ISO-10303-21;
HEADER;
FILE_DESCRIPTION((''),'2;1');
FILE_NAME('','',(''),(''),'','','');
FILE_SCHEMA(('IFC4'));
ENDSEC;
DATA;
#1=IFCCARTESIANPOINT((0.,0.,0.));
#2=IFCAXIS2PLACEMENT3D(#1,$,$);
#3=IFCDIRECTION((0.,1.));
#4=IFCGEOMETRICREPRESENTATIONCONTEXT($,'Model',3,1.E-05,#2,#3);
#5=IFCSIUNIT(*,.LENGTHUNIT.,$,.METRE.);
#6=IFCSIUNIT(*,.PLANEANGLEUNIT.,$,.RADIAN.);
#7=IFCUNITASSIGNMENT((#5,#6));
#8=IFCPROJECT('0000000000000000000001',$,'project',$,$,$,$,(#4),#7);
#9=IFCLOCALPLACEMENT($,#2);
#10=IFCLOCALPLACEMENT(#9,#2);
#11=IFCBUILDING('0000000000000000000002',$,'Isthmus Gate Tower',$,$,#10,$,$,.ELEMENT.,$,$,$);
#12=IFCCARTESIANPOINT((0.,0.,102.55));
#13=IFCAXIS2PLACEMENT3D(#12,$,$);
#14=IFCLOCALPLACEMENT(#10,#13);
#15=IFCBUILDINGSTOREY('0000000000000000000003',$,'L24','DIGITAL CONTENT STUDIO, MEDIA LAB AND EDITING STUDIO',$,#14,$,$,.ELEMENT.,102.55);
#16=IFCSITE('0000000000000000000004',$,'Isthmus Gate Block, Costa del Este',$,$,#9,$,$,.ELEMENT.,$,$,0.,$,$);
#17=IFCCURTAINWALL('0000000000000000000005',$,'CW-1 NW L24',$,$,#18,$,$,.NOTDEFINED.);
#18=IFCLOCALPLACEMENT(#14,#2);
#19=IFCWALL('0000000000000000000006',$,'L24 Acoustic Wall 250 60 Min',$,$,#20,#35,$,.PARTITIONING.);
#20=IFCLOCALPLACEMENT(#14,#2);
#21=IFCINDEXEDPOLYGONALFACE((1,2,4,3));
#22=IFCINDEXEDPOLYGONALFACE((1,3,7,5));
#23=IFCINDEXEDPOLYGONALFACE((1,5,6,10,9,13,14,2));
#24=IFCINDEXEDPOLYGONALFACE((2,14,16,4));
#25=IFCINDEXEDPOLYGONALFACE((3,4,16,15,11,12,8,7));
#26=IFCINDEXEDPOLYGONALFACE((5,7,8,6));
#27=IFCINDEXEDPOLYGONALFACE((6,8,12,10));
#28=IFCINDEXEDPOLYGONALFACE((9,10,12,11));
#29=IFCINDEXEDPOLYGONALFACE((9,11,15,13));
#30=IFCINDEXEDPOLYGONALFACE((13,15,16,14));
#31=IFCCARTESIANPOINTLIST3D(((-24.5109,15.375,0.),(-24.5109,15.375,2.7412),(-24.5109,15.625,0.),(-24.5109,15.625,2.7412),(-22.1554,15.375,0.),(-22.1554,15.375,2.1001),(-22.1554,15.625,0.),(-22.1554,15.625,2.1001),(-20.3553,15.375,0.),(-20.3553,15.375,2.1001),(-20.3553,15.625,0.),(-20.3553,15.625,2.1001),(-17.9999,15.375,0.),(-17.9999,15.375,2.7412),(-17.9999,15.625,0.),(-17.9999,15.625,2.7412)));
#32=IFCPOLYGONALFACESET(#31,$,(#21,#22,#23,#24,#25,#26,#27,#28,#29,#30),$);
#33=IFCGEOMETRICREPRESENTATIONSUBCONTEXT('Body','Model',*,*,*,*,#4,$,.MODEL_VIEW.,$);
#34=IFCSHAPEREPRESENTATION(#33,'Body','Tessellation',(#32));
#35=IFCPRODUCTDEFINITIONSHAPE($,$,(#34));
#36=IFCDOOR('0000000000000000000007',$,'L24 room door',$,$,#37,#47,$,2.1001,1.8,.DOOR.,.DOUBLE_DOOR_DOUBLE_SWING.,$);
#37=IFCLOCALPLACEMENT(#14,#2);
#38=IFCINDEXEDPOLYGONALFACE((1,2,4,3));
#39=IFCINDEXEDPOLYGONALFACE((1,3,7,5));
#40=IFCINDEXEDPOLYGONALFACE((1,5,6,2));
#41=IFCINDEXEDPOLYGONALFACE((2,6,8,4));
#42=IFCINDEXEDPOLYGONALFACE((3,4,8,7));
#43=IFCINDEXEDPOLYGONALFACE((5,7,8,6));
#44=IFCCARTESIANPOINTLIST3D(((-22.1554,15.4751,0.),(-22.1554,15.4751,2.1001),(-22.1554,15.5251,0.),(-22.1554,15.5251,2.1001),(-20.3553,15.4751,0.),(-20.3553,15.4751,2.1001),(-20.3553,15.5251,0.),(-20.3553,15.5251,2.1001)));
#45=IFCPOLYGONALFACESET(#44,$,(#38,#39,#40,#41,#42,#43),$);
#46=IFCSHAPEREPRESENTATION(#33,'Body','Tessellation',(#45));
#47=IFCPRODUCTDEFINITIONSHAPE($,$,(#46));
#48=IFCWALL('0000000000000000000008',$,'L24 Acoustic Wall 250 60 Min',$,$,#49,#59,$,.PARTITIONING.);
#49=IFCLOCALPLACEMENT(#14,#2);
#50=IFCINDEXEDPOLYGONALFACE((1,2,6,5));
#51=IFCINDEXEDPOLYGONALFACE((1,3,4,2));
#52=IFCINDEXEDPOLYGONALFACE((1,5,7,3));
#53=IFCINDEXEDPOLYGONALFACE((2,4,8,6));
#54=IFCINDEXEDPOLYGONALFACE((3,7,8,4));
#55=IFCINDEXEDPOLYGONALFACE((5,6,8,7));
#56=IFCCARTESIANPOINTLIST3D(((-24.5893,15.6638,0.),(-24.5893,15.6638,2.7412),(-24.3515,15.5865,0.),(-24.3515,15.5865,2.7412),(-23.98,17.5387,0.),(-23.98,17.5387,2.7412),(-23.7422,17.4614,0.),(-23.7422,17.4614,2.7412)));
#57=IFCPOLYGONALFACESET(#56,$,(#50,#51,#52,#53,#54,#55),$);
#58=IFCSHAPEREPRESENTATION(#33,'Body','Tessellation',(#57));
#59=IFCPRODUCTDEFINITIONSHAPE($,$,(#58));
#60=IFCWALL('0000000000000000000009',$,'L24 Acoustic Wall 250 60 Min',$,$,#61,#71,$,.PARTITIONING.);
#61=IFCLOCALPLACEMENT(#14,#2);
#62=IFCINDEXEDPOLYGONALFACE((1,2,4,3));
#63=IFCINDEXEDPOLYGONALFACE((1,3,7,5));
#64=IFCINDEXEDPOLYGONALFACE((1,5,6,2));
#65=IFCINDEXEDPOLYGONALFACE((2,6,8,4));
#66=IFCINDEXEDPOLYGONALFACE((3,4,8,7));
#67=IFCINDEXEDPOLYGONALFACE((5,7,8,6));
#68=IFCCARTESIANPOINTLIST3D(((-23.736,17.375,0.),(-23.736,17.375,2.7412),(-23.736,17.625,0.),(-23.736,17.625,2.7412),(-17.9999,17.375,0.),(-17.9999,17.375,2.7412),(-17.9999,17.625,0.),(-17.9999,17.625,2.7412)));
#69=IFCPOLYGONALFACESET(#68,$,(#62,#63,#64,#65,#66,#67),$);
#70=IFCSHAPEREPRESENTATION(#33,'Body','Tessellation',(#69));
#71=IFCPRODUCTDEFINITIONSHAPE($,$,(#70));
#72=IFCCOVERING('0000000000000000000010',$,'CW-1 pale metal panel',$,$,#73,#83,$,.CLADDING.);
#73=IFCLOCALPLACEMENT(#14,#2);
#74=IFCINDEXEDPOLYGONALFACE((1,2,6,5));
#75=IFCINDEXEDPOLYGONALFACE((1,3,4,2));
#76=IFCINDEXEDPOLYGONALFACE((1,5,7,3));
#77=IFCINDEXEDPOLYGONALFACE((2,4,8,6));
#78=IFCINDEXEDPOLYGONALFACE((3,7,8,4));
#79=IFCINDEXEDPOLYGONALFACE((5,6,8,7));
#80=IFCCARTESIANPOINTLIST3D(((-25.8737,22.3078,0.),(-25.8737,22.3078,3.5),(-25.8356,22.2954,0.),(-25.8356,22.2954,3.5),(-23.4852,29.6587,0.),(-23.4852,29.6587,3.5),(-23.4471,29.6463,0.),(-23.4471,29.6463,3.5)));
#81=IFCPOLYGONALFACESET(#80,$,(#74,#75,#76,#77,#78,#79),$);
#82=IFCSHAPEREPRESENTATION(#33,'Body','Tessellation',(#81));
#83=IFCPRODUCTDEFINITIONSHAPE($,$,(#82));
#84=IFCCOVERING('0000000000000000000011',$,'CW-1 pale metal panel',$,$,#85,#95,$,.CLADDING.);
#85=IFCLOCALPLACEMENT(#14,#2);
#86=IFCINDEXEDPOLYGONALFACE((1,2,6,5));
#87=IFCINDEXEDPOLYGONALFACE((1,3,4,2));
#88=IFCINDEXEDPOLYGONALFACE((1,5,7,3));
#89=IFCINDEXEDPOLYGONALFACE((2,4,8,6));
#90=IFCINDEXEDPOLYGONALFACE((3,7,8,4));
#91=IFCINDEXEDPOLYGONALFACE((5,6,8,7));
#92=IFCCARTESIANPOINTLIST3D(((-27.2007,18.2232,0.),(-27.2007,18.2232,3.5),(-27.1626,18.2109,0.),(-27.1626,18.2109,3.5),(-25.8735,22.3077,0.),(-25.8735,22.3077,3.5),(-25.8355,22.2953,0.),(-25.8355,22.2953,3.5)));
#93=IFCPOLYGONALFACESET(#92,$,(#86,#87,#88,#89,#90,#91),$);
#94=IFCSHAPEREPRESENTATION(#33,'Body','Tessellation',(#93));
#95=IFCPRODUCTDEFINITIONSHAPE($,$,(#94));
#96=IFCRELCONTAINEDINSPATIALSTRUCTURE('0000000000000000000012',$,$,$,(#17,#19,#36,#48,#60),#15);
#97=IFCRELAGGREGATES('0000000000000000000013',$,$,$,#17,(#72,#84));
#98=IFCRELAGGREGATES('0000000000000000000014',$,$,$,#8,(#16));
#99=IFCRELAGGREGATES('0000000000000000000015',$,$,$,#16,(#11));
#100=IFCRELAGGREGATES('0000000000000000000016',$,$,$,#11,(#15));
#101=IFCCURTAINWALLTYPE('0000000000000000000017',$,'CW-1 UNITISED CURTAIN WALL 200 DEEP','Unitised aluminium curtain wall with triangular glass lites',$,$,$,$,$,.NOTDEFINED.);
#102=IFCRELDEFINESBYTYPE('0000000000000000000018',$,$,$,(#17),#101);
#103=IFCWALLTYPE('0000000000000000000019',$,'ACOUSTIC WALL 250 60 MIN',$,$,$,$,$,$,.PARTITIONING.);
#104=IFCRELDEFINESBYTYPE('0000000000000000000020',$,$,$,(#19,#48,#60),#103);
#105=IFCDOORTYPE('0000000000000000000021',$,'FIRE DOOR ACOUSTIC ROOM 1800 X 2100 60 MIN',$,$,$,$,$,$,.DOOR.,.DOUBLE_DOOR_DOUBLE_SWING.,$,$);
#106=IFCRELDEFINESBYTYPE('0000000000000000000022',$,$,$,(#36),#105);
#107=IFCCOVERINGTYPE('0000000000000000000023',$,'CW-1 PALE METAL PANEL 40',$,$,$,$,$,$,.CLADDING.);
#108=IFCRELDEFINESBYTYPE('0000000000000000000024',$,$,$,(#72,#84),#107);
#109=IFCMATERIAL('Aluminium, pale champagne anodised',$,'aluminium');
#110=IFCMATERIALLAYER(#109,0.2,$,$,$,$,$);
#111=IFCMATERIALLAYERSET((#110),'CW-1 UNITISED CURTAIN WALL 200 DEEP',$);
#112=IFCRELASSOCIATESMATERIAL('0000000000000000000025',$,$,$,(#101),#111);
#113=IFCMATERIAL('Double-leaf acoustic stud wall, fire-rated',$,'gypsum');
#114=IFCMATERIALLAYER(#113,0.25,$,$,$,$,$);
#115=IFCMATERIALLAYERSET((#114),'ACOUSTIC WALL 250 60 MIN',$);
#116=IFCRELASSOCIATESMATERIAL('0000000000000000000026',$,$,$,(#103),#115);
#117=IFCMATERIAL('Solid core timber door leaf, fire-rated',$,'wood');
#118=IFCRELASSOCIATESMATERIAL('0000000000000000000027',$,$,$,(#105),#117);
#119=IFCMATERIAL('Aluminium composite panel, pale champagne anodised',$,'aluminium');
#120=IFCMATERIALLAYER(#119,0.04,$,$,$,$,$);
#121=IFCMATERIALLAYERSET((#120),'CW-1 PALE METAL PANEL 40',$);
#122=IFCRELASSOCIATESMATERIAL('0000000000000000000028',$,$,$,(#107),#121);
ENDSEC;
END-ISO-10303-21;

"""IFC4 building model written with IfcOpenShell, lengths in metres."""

from ifc_helpers import new_model, si_unit, direction, frame, frame_2d, origin, origin_2d, place, context, subcontext, project, spatial, rectangle, extrude, material, layer, layer_set, type_object, element, fill, aggregate, save


model = new_model("IFC4")

# Units and contexts
model_context = context("Model", 3, precision=1e-05, world=origin(), true_north=direction((0.0, 1.0)))
body_context = subcontext(model_context, "Body", "Model", "MODEL_VIEW")
ifc_project = project(units=[si_unit("LENGTHUNIT", "METRE"), si_unit("PLANEANGLEUNIT", "RADIAN")], contexts=[model_context])

# Site, building, storey
site_placement = place(None, origin())
site = spatial("IfcSite", under=ifc_project, at=site_placement, Name="Isthmus Gate Block, Costa del Este", CompositionType="ELEMENT", RefElevation=0.0)
building_placement = place(site_placement, origin())
building = spatial("IfcBuilding", under=site, at=building_placement, Name="Isthmus Gate Tower", CompositionType="ELEMENT")
storey_placement = place(building_placement, frame((0.0, 0.0, 102.55)))
storey = spatial("IfcBuildingStorey", under=building, at=storey_placement, Name="L24", Description="DIGITAL CONTENT STUDIO, MEDIA LAB AND EDITING STUDIO", CompositionType="ELEMENT", Elevation=102.55)

# Shared definitions
ifc_material_1 = material(Name="Aluminium, pale champagne anodised", Category="aluminium")
ifc_layer_1 = layer(ifc_material_1, 0.2)
ifc_layer_set_1 = layer_set([ifc_layer_1], Name="CW-1 UNITISED CURTAIN WALL 200 DEEP")
curtain_wall_type = type_object("IfcCurtainWallType", Name="CW-1 UNITISED CURTAIN WALL 200 DEEP", Description="Unitised aluminium curtain wall with triangular glass lites", PredefinedType="NOTDEFINED", material=ifc_layer_set_1)

# Curtain wall
curtain_wall_1_placement = place(storey_placement, origin())
curtain_wall_1 = element("IfcCurtainWall", 1, at=curtain_wall_1_placement, inside=storey, type_object=curtain_wall_type, Name="CW-1 NW L24", PredefinedType="NOTDEFINED")

# Wall, opening, door
ifc_material_2 = material(Name="Double-leaf acoustic stud wall, fire-rated", Category="gypsum")
ifc_layer_2 = layer(ifc_material_2, 0.25)
ifc_layer_set_2 = layer_set([ifc_layer_2], Name="ACOUSTIC WALL 250 60 MIN")
wall_type = type_object("IfcWallType", Name="ACOUSTIC WALL 250 60 MIN", PredefinedType="PARTITIONING", material=ifc_layer_set_2)
wall_1_placement = place(storey_placement, frame((-18.0, 15.5, 0.0), z_axis=(0.0, 0.0, 1.0), x_axis=(-1.0, 0.0, 0.0)))
wall_1 = element("IfcWall", 2, at=wall_1_placement, inside=storey, type_object=wall_type, Name="L24 Acoustic Wall 250 60 Min", PredefinedType="PARTITIONING", context=body_context, shape_type="SweptSolid", body=[
    extrude(rectangle(XDim=6.511, YDim=0.25, at=frame_2d((3.2554, 0.0))), origin(), (0.0, 0.0, 1.0), 2.7412),
])
opening_placement = place(wall_1_placement, frame((2.3555, 0.0, 0.0)))
opening = element("IfcOpeningElement", 3, at=opening_placement, cuts=wall_1, PredefinedType="OPENING", context=body_context, shape_type="SweptSolid", body=[
    extrude(rectangle(XDim=1.8, YDim=2.1001, at=frame_2d((0.8999, 1.05))), frame((0.0, 0.135, 0.0), z_axis=(0.0, -1.0, 0.0), x_axis=(1.0, 0.0, 0.0)), (0.0, 0.0, 1.0), 0.27),
])
ifc_material_3 = material(Name="Solid core timber door leaf, fire-rated", Category="wood")
door_type = type_object("IfcDoorType", Name="FIRE DOOR ACOUSTIC ROOM 1800 X 2100 60 MIN", OperationType="DOUBLE_DOOR_DOUBLE_SWING", PredefinedType="DOOR", material=ifc_material_3)
door_placement = place(opening_placement, origin())
door = element("IfcDoor", 4, at=door_placement, inside=storey, type_object=door_type, Name="L24 room door", OperationType="DOUBLE_DOOR_DOUBLE_SWING", OverallHeight=2.1001, OverallWidth=1.8, PredefinedType="DOOR", context=body_context, shape_type="SweptSolid", body=[
    extrude(rectangle(XDim=1.8, YDim=2.1001, at=frame_2d((0.8999, 1.05))), frame((0.0, 0.0249, 0.0), z_axis=(0.0, -1.0, 0.0), x_axis=(1.0, 0.0, 0.0)), (0.0, 0.0, 1.0), 0.05),
])
fill(opening, door)

# Walls
wall_2_placement = place(storey_placement, frame((-24.4705, 15.625, 0.0), z_axis=(0.0, 0.0, 1.0), x_axis=(0.309086, 0.951034, 0.0)))
element("IfcWall", 5, at=wall_2_placement, inside=storey, type_object=wall_type, Name="L24 Acoustic Wall 250 60 Min", PredefinedType="PARTITIONING", context=body_context, shape_type="SweptSolid", body=[
    extrude(rectangle(XDim=1.9714, YDim=0.25, at=frame_2d((0.9858, 0.0))), origin(), (0.0, 0.0, 1.0), 2.7412),
])
wall_3_placement = place(storey_placement, frame((-23.7361, 17.5, 0.0), z_axis=(0.0, 0.0, 1.0), x_axis=(1.0, 0.0, 0.0)))
element("IfcWall", 6, at=wall_3_placement, inside=storey, type_object=wall_type, Name="L24 Acoustic Wall 250 60 Min", PredefinedType="PARTITIONING", context=body_context, shape_type="SweptSolid", body=[
    extrude(rectangle(XDim=5.7361, YDim=0.25, at=frame_2d((2.8682, 0.0))), origin(), (0.0, 0.0, 1.0), 2.7412),
])

# Coverings
ifc_material_4 = material(Name="Aluminium composite panel, pale champagne anodised", Category="aluminium")
ifc_layer_3 = layer(ifc_material_4, 0.04)
ifc_layer_set_3 = layer_set([ifc_layer_3], Name="CW-1 PALE METAL PANEL 40")
covering_type = type_object("IfcCoveringType", Name="CW-1 PALE METAL PANEL 40", PredefinedType="CLADDING", material=ifc_layer_set_3)
covering_1_placement = place(storey_placement, frame((-24.6604, 25.9771, 0.0), z_axis=(0.0, 0.0, 1.0), x_axis=(-0.309017, -0.951057, 0.0)))
covering_1 = element("IfcCovering", 7, at=covering_1_placement, type_object=covering_type, Name="CW-1 pale metal panel", PredefinedType="CLADDING", context=body_context, shape_type="SweptSolid", body=[
    extrude(rectangle(XDim=7.7292, YDim=0.04, at=origin_2d()), origin(), (0.0, 0.0, 1.0), 3.5),
])
covering_2_placement = place(storey_placement, frame((-26.5181, 20.2593, 0.0), z_axis=(0.0, 0.0, 1.0), x_axis=(-0.309017, -0.951057, 0.0)))
covering_2 = element("IfcCovering", 8, at=covering_2_placement, type_object=covering_type, Name="CW-1 pale metal panel", PredefinedType="CLADDING", context=body_context, shape_type="SweptSolid", body=[
    extrude(rectangle(XDim=4.2947, YDim=0.04, at=origin_2d()), origin(), (0.0, 0.0, 1.0), 3.5),
])
aggregate(curtain_wall_1, [covering_1, covering_2])

save(model, "model.ifc")
